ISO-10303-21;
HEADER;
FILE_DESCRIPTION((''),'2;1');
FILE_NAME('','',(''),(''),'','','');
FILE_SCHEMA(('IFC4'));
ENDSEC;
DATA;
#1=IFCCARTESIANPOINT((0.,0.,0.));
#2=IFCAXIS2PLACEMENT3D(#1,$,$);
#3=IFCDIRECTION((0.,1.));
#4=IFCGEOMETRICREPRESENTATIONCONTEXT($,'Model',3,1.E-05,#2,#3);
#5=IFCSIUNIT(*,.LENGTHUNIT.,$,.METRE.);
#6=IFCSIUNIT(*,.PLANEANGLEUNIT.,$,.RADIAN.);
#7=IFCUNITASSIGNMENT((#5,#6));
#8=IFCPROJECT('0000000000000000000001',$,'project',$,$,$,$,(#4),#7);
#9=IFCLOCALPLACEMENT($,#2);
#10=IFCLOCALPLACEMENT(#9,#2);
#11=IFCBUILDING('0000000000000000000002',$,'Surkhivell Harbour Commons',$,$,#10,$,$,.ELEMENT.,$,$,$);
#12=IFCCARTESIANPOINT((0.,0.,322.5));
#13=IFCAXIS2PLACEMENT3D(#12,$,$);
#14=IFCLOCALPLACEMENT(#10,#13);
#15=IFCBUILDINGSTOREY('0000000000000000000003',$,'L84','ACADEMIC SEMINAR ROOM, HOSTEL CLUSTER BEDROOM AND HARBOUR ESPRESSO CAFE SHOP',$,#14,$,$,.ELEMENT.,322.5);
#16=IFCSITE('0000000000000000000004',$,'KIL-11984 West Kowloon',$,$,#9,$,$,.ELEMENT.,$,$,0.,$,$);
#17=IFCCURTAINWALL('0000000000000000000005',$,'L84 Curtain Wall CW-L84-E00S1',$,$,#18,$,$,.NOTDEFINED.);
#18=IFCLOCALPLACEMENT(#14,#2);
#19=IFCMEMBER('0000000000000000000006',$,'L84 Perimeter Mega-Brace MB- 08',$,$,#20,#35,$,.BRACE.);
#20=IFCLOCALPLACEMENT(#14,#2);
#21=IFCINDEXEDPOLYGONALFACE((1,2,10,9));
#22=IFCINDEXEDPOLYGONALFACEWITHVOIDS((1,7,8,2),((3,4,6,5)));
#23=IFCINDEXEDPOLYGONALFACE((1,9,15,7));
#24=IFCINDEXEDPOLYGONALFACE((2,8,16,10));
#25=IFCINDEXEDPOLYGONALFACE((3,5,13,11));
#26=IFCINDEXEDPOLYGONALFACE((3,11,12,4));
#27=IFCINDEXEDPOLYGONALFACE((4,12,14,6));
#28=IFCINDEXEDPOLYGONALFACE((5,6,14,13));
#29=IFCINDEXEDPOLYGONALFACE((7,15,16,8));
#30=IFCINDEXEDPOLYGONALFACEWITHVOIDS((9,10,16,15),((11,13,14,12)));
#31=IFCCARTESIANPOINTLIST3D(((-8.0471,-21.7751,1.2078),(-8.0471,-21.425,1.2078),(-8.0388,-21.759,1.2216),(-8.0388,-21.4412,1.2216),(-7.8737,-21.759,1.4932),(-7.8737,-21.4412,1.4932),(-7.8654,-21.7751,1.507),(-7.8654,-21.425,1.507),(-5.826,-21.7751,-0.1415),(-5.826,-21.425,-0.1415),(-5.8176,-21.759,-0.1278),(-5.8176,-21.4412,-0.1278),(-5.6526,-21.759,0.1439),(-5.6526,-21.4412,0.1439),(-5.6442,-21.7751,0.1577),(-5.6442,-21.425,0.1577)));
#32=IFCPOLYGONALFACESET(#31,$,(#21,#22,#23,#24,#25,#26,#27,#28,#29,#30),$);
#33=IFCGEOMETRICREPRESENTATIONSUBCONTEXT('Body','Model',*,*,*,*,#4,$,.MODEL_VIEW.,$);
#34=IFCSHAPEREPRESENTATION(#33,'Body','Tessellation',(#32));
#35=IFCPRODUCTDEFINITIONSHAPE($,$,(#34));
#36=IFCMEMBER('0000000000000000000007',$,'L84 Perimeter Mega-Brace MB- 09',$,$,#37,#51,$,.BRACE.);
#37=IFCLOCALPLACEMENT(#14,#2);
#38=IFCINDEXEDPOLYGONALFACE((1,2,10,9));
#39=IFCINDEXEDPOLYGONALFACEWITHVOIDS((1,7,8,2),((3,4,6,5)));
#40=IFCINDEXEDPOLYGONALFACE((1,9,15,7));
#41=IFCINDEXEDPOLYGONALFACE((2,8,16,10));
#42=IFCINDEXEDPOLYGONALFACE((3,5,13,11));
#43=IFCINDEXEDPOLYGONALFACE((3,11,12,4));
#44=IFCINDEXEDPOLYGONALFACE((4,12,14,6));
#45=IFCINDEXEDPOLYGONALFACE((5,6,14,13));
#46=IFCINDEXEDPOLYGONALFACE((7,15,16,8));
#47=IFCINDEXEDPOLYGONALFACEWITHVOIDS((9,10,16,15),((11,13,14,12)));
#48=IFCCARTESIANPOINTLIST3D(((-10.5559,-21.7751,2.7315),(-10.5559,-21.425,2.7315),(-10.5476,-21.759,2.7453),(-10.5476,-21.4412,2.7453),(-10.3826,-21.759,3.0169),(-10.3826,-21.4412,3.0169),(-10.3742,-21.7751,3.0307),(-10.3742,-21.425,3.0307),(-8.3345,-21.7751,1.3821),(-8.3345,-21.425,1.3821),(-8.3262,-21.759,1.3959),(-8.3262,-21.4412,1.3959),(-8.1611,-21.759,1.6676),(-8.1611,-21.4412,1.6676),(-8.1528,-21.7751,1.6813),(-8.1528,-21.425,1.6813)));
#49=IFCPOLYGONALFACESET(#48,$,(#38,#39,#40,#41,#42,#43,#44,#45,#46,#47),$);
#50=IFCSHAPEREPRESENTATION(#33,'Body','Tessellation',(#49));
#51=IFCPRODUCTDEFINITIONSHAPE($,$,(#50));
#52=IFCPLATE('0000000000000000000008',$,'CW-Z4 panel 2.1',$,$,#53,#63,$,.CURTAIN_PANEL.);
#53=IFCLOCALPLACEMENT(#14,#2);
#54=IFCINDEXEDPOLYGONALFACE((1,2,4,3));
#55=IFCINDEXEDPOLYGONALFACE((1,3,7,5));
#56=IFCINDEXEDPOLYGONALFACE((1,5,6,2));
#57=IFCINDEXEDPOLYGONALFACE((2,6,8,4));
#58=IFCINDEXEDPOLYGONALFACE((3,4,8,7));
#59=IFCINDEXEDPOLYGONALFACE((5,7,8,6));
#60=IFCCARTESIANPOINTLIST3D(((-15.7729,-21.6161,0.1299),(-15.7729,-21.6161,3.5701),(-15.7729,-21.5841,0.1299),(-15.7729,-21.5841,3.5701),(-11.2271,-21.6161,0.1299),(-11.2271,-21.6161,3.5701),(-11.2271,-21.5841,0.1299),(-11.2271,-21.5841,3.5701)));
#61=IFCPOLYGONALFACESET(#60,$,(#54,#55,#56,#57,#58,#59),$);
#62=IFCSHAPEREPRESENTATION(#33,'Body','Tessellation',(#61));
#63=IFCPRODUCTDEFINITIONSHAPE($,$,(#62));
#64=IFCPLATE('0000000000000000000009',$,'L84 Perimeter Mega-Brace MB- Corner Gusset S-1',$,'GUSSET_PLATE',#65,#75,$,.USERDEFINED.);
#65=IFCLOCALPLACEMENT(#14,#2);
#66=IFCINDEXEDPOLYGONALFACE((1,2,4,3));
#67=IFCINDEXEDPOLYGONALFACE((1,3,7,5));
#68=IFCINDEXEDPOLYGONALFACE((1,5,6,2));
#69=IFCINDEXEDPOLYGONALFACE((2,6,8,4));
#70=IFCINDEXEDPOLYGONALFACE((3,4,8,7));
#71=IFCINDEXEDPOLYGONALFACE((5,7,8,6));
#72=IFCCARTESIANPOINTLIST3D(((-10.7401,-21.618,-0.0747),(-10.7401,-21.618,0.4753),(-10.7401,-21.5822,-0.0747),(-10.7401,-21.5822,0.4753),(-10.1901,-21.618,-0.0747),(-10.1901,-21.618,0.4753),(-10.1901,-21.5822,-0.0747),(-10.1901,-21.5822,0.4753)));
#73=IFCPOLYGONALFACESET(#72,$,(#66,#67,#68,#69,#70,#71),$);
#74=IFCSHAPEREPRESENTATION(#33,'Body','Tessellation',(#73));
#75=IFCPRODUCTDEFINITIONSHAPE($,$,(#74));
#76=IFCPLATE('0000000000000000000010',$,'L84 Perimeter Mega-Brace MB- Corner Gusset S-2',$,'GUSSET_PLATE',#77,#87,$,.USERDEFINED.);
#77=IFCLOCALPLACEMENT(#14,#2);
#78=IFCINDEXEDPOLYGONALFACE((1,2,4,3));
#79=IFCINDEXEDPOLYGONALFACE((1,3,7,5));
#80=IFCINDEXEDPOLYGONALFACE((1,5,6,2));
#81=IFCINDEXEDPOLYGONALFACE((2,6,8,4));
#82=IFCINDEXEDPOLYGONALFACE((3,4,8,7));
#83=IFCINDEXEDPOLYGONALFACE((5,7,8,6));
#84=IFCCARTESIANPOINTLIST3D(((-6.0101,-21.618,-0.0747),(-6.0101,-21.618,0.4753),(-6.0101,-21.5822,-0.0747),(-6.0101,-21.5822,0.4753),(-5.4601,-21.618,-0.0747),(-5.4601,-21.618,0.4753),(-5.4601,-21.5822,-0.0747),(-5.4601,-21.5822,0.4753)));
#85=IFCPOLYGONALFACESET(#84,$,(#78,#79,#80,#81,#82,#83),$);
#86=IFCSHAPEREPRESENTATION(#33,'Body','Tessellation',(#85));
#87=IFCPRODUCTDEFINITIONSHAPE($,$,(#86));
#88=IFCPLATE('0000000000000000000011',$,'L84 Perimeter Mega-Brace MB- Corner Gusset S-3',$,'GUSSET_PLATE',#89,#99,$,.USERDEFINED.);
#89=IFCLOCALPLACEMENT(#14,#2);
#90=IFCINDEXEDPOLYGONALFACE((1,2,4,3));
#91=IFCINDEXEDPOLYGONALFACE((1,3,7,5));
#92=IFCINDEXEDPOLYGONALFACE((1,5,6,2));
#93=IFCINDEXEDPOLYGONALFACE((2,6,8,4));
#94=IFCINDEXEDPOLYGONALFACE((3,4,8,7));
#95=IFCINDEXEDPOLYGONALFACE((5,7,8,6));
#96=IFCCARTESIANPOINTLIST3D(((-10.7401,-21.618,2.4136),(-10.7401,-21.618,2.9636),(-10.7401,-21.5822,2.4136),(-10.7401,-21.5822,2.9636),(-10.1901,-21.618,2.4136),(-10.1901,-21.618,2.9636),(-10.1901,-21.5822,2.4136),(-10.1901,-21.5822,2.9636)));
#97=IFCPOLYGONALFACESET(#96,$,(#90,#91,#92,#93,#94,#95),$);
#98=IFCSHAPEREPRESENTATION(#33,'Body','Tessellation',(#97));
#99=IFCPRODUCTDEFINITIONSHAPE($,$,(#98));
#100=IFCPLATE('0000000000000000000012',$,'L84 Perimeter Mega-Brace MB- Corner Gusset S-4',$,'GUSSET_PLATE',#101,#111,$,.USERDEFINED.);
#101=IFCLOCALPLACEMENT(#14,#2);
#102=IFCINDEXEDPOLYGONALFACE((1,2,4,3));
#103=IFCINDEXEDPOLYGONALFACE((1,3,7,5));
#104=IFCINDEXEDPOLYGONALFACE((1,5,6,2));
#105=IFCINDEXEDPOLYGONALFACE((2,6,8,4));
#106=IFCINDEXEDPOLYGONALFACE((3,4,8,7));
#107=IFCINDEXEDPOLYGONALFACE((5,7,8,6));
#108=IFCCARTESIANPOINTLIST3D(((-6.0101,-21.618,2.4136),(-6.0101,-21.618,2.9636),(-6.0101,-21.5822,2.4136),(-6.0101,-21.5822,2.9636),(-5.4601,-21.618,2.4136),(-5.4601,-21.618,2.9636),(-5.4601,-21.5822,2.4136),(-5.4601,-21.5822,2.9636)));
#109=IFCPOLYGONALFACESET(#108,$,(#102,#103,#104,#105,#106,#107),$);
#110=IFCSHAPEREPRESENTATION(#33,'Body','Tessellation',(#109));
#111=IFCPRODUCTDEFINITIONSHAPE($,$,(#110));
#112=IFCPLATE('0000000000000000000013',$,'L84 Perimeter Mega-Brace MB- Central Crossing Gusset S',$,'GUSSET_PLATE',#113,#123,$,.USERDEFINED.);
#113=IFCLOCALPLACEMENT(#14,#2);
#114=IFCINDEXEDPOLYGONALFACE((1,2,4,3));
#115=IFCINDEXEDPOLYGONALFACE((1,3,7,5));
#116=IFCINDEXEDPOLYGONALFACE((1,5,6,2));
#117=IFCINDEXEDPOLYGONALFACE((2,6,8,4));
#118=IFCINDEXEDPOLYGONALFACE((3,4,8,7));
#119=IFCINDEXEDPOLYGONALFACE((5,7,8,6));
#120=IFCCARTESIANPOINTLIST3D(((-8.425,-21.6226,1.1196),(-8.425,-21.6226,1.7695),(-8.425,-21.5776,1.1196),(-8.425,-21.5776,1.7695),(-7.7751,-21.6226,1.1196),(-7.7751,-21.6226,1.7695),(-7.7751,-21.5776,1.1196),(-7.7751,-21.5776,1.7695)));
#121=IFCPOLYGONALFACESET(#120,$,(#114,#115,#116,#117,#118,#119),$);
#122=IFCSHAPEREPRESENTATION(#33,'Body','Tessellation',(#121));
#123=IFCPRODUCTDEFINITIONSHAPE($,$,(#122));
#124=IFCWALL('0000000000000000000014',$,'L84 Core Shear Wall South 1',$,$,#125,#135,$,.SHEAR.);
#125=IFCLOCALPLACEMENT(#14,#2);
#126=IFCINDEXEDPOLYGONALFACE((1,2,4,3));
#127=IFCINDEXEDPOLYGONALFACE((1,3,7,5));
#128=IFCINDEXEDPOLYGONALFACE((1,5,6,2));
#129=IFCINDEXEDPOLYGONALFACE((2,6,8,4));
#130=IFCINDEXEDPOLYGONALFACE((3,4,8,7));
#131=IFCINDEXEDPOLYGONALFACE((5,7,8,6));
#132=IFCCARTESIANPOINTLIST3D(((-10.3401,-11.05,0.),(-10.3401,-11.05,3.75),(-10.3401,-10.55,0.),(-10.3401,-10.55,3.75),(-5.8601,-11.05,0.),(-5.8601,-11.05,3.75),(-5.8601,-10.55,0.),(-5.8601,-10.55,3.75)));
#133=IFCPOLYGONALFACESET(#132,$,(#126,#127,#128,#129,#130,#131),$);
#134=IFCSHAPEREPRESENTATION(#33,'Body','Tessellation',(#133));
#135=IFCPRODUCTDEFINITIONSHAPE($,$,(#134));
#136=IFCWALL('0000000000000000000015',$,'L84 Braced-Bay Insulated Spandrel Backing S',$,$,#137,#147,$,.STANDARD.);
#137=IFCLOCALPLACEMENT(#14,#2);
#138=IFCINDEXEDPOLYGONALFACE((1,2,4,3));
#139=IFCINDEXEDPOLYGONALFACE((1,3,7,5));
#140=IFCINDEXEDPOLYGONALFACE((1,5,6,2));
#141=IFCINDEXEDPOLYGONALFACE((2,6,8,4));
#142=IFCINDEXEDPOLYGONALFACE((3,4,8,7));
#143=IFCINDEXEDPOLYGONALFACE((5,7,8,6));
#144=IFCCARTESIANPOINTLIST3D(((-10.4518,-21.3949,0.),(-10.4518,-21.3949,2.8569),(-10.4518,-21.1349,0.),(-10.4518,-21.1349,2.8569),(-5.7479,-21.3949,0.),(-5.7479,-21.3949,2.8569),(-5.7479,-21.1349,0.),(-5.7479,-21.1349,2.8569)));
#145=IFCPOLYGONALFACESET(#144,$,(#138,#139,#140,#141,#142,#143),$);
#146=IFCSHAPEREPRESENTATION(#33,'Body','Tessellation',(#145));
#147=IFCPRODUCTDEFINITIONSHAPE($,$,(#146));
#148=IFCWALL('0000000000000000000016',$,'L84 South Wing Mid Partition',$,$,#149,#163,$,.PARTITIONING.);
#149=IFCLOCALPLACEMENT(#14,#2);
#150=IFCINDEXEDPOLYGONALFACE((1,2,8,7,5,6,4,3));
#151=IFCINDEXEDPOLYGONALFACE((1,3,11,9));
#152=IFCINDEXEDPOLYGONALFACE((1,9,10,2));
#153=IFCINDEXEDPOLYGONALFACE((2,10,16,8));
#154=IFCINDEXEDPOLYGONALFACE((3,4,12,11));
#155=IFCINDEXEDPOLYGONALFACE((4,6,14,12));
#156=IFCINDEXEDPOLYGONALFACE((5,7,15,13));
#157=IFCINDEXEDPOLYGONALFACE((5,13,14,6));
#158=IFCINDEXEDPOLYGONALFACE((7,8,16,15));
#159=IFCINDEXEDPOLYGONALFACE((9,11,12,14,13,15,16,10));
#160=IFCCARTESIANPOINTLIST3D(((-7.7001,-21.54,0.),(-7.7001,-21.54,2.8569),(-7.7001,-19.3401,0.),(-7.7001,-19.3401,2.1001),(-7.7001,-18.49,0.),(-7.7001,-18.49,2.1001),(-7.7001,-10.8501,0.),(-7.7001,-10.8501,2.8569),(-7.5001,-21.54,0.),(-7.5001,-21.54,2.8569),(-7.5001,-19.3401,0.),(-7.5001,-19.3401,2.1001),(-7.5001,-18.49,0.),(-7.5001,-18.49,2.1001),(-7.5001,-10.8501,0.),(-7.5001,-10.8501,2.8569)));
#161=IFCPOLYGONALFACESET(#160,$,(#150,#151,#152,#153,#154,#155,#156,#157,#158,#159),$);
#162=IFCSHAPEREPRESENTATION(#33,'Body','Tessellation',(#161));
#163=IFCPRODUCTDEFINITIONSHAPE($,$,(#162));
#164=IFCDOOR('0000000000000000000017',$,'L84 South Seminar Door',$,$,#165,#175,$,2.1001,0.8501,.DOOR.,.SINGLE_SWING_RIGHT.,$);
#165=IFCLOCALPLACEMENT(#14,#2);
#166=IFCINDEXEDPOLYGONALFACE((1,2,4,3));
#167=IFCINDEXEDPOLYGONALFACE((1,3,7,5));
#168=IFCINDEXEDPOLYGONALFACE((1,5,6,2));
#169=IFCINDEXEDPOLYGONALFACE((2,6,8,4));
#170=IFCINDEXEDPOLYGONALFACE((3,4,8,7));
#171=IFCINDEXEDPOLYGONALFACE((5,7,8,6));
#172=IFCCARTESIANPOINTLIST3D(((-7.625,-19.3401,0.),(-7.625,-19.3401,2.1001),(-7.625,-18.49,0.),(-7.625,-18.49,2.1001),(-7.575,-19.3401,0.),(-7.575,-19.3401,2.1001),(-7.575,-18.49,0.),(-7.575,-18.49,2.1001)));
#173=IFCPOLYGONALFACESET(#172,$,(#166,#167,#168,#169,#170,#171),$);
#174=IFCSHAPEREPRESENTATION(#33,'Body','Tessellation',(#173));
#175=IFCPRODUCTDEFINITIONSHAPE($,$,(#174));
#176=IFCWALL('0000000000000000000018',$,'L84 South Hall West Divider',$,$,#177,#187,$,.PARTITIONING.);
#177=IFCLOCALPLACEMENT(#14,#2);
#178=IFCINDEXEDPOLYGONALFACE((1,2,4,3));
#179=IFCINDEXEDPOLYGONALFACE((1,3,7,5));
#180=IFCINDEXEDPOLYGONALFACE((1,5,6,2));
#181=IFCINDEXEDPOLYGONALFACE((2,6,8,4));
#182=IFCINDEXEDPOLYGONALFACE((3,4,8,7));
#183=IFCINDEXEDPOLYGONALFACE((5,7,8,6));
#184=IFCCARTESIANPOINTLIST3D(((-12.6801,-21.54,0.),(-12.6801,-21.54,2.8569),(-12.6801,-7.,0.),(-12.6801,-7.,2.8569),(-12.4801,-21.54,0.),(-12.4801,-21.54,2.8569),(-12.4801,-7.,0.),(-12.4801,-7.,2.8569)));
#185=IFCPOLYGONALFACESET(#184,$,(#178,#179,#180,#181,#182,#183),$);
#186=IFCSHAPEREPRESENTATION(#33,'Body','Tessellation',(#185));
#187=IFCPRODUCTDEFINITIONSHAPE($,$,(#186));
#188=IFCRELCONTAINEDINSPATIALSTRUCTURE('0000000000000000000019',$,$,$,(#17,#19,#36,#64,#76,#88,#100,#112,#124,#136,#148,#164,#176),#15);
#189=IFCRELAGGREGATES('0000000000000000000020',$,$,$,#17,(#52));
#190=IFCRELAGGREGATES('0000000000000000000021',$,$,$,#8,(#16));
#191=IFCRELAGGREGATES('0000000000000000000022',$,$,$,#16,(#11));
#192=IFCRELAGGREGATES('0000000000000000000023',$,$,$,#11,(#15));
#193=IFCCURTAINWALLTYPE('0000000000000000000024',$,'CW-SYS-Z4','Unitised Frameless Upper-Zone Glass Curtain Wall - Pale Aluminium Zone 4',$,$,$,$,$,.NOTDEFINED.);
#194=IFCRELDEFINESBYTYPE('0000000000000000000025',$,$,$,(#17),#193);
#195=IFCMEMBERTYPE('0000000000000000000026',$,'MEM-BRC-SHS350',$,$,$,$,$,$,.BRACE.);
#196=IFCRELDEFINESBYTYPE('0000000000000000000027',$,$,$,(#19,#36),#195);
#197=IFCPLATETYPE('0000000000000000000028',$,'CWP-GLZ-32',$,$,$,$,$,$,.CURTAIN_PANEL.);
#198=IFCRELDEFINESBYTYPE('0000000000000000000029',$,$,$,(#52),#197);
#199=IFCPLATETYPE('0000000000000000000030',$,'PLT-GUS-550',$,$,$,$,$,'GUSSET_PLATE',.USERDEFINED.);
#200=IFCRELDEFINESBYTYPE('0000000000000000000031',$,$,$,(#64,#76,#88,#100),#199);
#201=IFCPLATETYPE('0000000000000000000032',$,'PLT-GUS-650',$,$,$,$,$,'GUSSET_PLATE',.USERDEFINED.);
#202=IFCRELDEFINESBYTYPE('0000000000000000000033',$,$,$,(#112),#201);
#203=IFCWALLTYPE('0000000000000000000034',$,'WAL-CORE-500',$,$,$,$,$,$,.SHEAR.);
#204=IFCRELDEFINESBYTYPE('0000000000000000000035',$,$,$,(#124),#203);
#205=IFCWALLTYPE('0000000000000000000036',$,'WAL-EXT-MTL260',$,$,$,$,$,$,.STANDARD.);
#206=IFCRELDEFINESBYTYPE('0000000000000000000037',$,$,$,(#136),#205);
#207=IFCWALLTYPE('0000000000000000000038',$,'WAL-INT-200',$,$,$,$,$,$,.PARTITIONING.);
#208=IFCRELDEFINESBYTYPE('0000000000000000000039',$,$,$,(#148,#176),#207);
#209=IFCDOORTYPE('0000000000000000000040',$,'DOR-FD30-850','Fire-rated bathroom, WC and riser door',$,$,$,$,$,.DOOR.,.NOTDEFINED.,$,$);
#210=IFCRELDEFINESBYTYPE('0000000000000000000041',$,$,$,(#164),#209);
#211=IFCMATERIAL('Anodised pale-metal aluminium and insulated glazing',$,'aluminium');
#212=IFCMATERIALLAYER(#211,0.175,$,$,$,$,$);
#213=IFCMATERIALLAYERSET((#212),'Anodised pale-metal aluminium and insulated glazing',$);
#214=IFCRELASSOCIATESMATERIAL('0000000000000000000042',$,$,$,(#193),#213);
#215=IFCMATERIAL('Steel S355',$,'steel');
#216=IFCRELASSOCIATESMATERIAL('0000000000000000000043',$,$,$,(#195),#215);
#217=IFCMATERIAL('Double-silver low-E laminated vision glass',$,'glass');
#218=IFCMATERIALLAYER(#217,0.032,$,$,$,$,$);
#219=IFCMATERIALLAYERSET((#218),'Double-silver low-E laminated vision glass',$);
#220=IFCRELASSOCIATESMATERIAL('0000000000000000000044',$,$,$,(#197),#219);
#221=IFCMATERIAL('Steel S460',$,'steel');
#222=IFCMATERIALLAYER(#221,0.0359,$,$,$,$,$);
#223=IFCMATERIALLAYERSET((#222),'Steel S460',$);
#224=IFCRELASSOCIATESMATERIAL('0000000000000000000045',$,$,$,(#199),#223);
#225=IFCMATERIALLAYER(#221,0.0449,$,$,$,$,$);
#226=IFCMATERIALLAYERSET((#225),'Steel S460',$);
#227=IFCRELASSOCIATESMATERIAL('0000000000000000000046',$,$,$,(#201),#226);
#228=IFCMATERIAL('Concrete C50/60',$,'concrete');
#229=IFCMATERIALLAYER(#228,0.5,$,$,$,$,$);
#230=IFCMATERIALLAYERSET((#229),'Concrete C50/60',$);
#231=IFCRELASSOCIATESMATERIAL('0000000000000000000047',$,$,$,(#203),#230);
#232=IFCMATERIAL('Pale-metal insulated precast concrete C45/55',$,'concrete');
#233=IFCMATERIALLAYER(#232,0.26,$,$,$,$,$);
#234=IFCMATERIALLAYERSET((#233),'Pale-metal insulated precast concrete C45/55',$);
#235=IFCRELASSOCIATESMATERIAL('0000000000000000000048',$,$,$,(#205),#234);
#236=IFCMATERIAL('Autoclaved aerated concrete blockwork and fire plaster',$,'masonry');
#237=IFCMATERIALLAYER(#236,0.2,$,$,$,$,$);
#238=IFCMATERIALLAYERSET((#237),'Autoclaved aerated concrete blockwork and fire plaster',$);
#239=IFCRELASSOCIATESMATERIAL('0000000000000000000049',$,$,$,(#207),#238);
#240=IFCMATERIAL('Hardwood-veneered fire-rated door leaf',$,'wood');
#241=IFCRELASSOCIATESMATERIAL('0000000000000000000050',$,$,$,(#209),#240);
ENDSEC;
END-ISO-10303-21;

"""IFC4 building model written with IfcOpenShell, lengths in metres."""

from ifc_helpers import new_model, si_unit, direction, frame, frame_2d, origin, origin_2d, place, context, subcontext, project, spatial, rectangle, hollow_rectangle, extrude, material, layer, layer_set, material_profile, profile_set, type_object, element, fill, aggregate, save


model = new_model("IFC4")

# Units and contexts
model_context = context("Model", 3, precision=1e-05, world=origin(), true_north=direction((0.0, 1.0)))
body_context = subcontext(model_context, "Body", "Model", "MODEL_VIEW")
ifc_project = project(units=[si_unit("LENGTHUNIT", "METRE"), si_unit("PLANEANGLEUNIT", "RADIAN")], contexts=[model_context])

# Site, building, storey
site_placement = place(None, origin())
site = spatial("IfcSite", under=ifc_project, at=site_placement, Name="KIL-11984 West Kowloon", CompositionType="ELEMENT", RefElevation=0.0)
building_placement = place(site_placement, origin())
building = spatial("IfcBuilding", under=site, at=building_placement, Name="Surkhivell Harbour Commons", CompositionType="ELEMENT")
storey_placement = place(building_placement, frame((0.0, 0.0, 322.5)))
storey = spatial("IfcBuildingStorey", under=building, at=storey_placement, Name="L84", Description="ACADEMIC SEMINAR ROOM, HOSTEL CLUSTER BEDROOM AND HARBOUR ESPRESSO CAFE SHOP", CompositionType="ELEMENT", Elevation=322.5)

# Shared definitions
ifc_material_1 = material(Name="Concrete C50/60", Category="concrete")

# Shared definitions
ifc_material_2 = material(Name="Steel S355", Category="steel")

# Curtain wall
ifc_material_3 = material(Name="Anodised pale-metal aluminium and insulated glazing", Category="aluminium")
ifc_layer_1 = layer(ifc_material_3, 0.175)
ifc_layer_set_1 = layer_set([ifc_layer_1], Name="Anodised pale-metal aluminium and insulated glazing")
curtain_wall_type = type_object("IfcCurtainWallType", Name="CW-SYS-Z4", Description="Unitised Frameless Upper-Zone Glass Curtain Wall - Pale Aluminium Zone 4", PredefinedType="NOTDEFINED", material=ifc_layer_set_1)
curtain_wall_placement = place(storey_placement, origin())
curtain_wall = element("IfcCurtainWall", 1, at=curtain_wall_placement, inside=storey, type_object=curtain_wall_type, Name="L84 Curtain Wall CW-L84-E00S1", PredefinedType="NOTDEFINED")

# Members
ifc_material_profile_1 = material_profile(ifc_material_2, hollow_rectangle(XDim=0.3501, YDim=0.3501, WallThickness=0.0161, at=origin_2d()), Name="SHS350x350x16")
ifc_profile_set_1 = profile_set([ifc_material_profile_1], Name="Steel S355")
member_type_1 = type_object("IfcMemberType", Name="MEM-BRC-SHS350", PredefinedType="BRACE", material=ifc_profile_set_1)
member_1_placement = place(storey_placement, frame((-5.7351, -21.6001, 0.0081), z_axis=(-0.854654, 0.0, 0.519199), x_axis=(0.0, -1.0, 0.0)))
element("IfcMember", 2, at=member_1_placement, inside=storey, type_object=member_type_1, Name="L84 Perimeter Mega-Brace MB- 08", PredefinedType="BRACE", context=body_context, shape_type="SweptSolid", body=[
    extrude(hollow_rectangle(XDim=0.3501, YDim=0.3501, WallThickness=0.0161, at=origin_2d()), origin(), (0.0, 0.0, 1.0), 2.5989),
])
member_2_placement = place(storey_placement, frame((-8.2437, -21.6001, 1.5317), z_axis=(-0.854679, 0.0, 0.519157), x_axis=(0.0, -1.0, 0.0)))
element("IfcMember", 3, at=member_2_placement, inside=storey, type_object=member_type_1, Name="L84 Perimeter Mega-Brace MB- 09", PredefinedType="BRACE", context=body_context, shape_type="SweptSolid", body=[
    extrude(hollow_rectangle(XDim=0.3501, YDim=0.3501, WallThickness=0.0161, at=origin_2d()), origin(), (0.0, 0.0, 1.0), 2.5991),
])

# Plate
ifc_material_4 = material(Name="Double-silver low-E laminated vision glass", Category="glass")
ifc_layer_2 = layer(ifc_material_4, 0.032)
ifc_layer_set_2 = layer_set([ifc_layer_2], Name="Double-silver low-E laminated vision glass")
plate_type_1 = type_object("IfcPlateType", Name="CWP-GLZ-32", PredefinedType="CURTAIN_PANEL", material=ifc_layer_set_2)
plate_1_placement = place(storey_placement, frame((-15.7729, -21.6001, 0.1299), z_axis=(0.0, 0.0, 1.0), x_axis=(1.0, 0.0, 0.0)))
plate_1 = element("IfcPlate", 4, at=plate_1_placement, type_object=plate_type_1, Name="CW-Z4 panel 2.1", PredefinedType="CURTAIN_PANEL", context=body_context, shape_type="SweptSolid", body=[
    extrude(rectangle(XDim=4.5459, YDim=0.032, at=frame_2d((2.2729, 0.0))), origin(), (0.0, 0.0, 1.0), 3.4402),
])
aggregate(curtain_wall, [plate_1])

# Plates
ifc_material_5 = material(Name="Steel S460", Category="steel")
ifc_layer_3 = layer(ifc_material_5, 0.0359)
ifc_layer_set_3 = layer_set([ifc_layer_3], Name="Steel S460")
plate_type_2 = type_object("IfcPlateType", Name="PLT-GUS-550", ElementType="GUSSET_PLATE", PredefinedType="USERDEFINED", material=ifc_layer_set_3)
for number, where, z_axis, x_axis, name in (
    (5, (-10.4651, -21.6001, -0.0747), (0.0, 0.0, 1.0), (1.0, 0.0, 0.0), "L84 Perimeter Mega-Brace MB- Corner Gusset S-1"),
    (6, (-5.7351, -21.6001, -0.0747), (0.0, 0.0, 1.0), (1.0, 0.0, 0.0), "L84 Perimeter Mega-Brace MB- Corner Gusset S-2"),
    (7, (-10.4651, -21.6001, 2.4136), (0.0, 0.0, 1.0), (1.0, 0.0, 0.0), "L84 Perimeter Mega-Brace MB- Corner Gusset S-3"),
    (8, (-5.7351, -21.6001, 2.4136), (0.0, 0.0, 1.0), (1.0, 0.0, 0.0), "L84 Perimeter Mega-Brace MB- Corner Gusset S-4"),
):
    element("IfcPlate", number, at=place(storey_placement, frame(where, z_axis=z_axis, x_axis=x_axis)), inside=storey, type_object=plate_type_2, Name=name, ObjectType="GUSSET_PLATE", PredefinedType="USERDEFINED", context=body_context, shape_type="SweptSolid", body=[
        extrude(rectangle(XDim=0.55, YDim=0.0359, at=origin_2d()), origin(), (0.0, 0.0, 1.0), 0.55),
    ])
ifc_layer_4 = layer(ifc_material_5, 0.0449)
ifc_layer_set_4 = layer_set([ifc_layer_4], Name="Steel S460")
plate_type_3 = type_object("IfcPlateType", Name="PLT-GUS-650", ElementType="GUSSET_PLATE", PredefinedType="USERDEFINED", material=ifc_layer_set_4)
plate_2_placement = place(storey_placement, frame((-8.1001, -21.6001, 1.1196), z_axis=(0.0, 0.0, 1.0), x_axis=(1.0, 0.0, 0.0)))
element("IfcPlate", 9, at=plate_2_placement, inside=storey, type_object=plate_type_3, Name="L84 Perimeter Mega-Brace MB- Central Crossing Gusset S", ObjectType="GUSSET_PLATE", PredefinedType="USERDEFINED", context=body_context, shape_type="SweptSolid", body=[
    extrude(rectangle(XDim=0.6499, YDim=0.0449, at=origin_2d()), origin(), (0.0, 0.0, 1.0), 0.6499),
])

# Walls
ifc_layer_5 = layer(ifc_material_1, 0.5)
ifc_layer_set_5 = layer_set([ifc_layer_5], Name="Concrete C50/60")
wall_type_1 = type_object("IfcWallType", Name="WAL-CORE-500", PredefinedType="SHEAR", material=ifc_layer_set_5)
wall_1_placement = place(storey_placement, frame((-10.3401, -10.8, 0.0), z_axis=(0.0, 0.0, 1.0), x_axis=(1.0, 0.0, 0.0)))
element("IfcWall", 10, at=wall_1_placement, inside=storey, type_object=wall_type_1, Name="L84 Core Shear Wall South 1", PredefinedType="SHEAR", context=body_context, shape_type="SweptSolid", body=[
    extrude(rectangle(XDim=4.48, YDim=0.5, at=frame_2d((2.24, 0.0))), origin(), (0.0, 0.0, 1.0), 3.75),
])
ifc_material_6 = material(Name="Pale-metal insulated precast concrete C45/55", Category="concrete")
ifc_layer_6 = layer(ifc_material_6, 0.26)
ifc_layer_set_6 = layer_set([ifc_layer_6], Name="Pale-metal insulated precast concrete C45/55")
wall_type_2 = type_object("IfcWallType", Name="WAL-EXT-MTL260", PredefinedType="STANDARD", material=ifc_layer_set_6)
wall_2_placement = place(storey_placement, frame((-10.4519, -21.2649, 0.0), z_axis=(0.0, 0.0, 1.0), x_axis=(1.0, 0.0, 0.0)))
element("IfcWall", 11, at=wall_2_placement, inside=storey, type_object=wall_type_2, Name="L84 Braced-Bay Insulated Spandrel Backing S", PredefinedType="STANDARD", context=body_context, shape_type="SweptSolid", body=[
    extrude(rectangle(XDim=4.7039, YDim=0.26, at=frame_2d((2.3521, 0.0))), origin(), (0.0, 0.0, 1.0), 2.8569),
])

# Wall, opening, door
ifc_material_7 = material(Name="Autoclaved aerated concrete blockwork and fire plaster", Category="masonry")
ifc_layer_7 = layer(ifc_material_7, 0.2)
ifc_layer_set_7 = layer_set([ifc_layer_7], Name="Autoclaved aerated concrete blockwork and fire plaster")
wall_type_3 = type_object("IfcWallType", Name="WAL-INT-200", PredefinedType="PARTITIONING", material=ifc_layer_set_7)
wall_3_placement = place(storey_placement, frame((-7.6001, -21.54, 0.0), z_axis=(0.0, 0.0, 1.0), x_axis=(0.0, 1.0, 0.0)))
wall_3 = element("IfcWall", 12, at=wall_3_placement, inside=storey, type_object=wall_type_3, Name="L84 South Wing Mid Partition", PredefinedType="PARTITIONING", context=body_context, shape_type="SweptSolid", body=[
    extrude(rectangle(XDim=10.6899, YDim=0.2, at=frame_2d((5.345, 0.0))), origin(), (0.0, 0.0, 1.0), 2.8569),
])
opening_placement = place(wall_3_placement, frame((2.2, 0.0, 0.0)))
opening = element("IfcOpeningElement", 13, at=opening_placement, cuts=wall_3, PredefinedType="OPENING", context=body_context, shape_type="SweptSolid", body=[
    extrude(rectangle(XDim=0.8501, YDim=2.1001, at=frame_2d((0.425, 1.05))), frame((0.0, 0.1099, 0.0), z_axis=(0.0, -1.0, 0.0), x_axis=(1.0, 0.0, 0.0)), (0.0, 0.0, 1.0), 0.22),
])
ifc_material_8 = material(Name="Hardwood-veneered fire-rated door leaf", Category="wood")
door_type = type_object("IfcDoorType", Name="DOR-FD30-850", Description="Fire-rated bathroom, WC and riser door", OperationType="NOTDEFINED", PredefinedType="DOOR", material=ifc_material_8)
door_placement = place(opening_placement, origin())
door = element("IfcDoor", 14, at=door_placement, inside=storey, type_object=door_type, Name="L84 South Seminar Door", OperationType="SINGLE_SWING_RIGHT", OverallHeight=2.1001, OverallWidth=0.8501, PredefinedType="DOOR", context=body_context, shape_type="SweptSolid", body=[
    extrude(rectangle(XDim=0.8501, YDim=2.1001, at=frame_2d((0.425, 1.05))), frame((0.0, 0.0249, 0.0), z_axis=(0.0, -1.0, 0.0), x_axis=(1.0, 0.0, 0.0)), (0.0, 0.0, 1.0), 0.05),
])
fill(opening, door)

# Wall
wall_4_placement = place(storey_placement, frame((-12.5801, -21.54, 0.0), z_axis=(0.0, 0.0, 1.0), x_axis=(0.0, 1.0, 0.0)))
element("IfcWall", 15, at=wall_4_placement, inside=storey, type_object=wall_type_3, Name="L84 South Hall West Divider", PredefinedType="PARTITIONING", context=body_context, shape_type="SweptSolid", body=[
    extrude(rectangle(XDim=14.54, YDim=0.2, at=frame_2d((7.27, 0.0))), origin(), (0.0, 0.0, 1.0), 2.8569),
])

save(model, "model.ifc")
